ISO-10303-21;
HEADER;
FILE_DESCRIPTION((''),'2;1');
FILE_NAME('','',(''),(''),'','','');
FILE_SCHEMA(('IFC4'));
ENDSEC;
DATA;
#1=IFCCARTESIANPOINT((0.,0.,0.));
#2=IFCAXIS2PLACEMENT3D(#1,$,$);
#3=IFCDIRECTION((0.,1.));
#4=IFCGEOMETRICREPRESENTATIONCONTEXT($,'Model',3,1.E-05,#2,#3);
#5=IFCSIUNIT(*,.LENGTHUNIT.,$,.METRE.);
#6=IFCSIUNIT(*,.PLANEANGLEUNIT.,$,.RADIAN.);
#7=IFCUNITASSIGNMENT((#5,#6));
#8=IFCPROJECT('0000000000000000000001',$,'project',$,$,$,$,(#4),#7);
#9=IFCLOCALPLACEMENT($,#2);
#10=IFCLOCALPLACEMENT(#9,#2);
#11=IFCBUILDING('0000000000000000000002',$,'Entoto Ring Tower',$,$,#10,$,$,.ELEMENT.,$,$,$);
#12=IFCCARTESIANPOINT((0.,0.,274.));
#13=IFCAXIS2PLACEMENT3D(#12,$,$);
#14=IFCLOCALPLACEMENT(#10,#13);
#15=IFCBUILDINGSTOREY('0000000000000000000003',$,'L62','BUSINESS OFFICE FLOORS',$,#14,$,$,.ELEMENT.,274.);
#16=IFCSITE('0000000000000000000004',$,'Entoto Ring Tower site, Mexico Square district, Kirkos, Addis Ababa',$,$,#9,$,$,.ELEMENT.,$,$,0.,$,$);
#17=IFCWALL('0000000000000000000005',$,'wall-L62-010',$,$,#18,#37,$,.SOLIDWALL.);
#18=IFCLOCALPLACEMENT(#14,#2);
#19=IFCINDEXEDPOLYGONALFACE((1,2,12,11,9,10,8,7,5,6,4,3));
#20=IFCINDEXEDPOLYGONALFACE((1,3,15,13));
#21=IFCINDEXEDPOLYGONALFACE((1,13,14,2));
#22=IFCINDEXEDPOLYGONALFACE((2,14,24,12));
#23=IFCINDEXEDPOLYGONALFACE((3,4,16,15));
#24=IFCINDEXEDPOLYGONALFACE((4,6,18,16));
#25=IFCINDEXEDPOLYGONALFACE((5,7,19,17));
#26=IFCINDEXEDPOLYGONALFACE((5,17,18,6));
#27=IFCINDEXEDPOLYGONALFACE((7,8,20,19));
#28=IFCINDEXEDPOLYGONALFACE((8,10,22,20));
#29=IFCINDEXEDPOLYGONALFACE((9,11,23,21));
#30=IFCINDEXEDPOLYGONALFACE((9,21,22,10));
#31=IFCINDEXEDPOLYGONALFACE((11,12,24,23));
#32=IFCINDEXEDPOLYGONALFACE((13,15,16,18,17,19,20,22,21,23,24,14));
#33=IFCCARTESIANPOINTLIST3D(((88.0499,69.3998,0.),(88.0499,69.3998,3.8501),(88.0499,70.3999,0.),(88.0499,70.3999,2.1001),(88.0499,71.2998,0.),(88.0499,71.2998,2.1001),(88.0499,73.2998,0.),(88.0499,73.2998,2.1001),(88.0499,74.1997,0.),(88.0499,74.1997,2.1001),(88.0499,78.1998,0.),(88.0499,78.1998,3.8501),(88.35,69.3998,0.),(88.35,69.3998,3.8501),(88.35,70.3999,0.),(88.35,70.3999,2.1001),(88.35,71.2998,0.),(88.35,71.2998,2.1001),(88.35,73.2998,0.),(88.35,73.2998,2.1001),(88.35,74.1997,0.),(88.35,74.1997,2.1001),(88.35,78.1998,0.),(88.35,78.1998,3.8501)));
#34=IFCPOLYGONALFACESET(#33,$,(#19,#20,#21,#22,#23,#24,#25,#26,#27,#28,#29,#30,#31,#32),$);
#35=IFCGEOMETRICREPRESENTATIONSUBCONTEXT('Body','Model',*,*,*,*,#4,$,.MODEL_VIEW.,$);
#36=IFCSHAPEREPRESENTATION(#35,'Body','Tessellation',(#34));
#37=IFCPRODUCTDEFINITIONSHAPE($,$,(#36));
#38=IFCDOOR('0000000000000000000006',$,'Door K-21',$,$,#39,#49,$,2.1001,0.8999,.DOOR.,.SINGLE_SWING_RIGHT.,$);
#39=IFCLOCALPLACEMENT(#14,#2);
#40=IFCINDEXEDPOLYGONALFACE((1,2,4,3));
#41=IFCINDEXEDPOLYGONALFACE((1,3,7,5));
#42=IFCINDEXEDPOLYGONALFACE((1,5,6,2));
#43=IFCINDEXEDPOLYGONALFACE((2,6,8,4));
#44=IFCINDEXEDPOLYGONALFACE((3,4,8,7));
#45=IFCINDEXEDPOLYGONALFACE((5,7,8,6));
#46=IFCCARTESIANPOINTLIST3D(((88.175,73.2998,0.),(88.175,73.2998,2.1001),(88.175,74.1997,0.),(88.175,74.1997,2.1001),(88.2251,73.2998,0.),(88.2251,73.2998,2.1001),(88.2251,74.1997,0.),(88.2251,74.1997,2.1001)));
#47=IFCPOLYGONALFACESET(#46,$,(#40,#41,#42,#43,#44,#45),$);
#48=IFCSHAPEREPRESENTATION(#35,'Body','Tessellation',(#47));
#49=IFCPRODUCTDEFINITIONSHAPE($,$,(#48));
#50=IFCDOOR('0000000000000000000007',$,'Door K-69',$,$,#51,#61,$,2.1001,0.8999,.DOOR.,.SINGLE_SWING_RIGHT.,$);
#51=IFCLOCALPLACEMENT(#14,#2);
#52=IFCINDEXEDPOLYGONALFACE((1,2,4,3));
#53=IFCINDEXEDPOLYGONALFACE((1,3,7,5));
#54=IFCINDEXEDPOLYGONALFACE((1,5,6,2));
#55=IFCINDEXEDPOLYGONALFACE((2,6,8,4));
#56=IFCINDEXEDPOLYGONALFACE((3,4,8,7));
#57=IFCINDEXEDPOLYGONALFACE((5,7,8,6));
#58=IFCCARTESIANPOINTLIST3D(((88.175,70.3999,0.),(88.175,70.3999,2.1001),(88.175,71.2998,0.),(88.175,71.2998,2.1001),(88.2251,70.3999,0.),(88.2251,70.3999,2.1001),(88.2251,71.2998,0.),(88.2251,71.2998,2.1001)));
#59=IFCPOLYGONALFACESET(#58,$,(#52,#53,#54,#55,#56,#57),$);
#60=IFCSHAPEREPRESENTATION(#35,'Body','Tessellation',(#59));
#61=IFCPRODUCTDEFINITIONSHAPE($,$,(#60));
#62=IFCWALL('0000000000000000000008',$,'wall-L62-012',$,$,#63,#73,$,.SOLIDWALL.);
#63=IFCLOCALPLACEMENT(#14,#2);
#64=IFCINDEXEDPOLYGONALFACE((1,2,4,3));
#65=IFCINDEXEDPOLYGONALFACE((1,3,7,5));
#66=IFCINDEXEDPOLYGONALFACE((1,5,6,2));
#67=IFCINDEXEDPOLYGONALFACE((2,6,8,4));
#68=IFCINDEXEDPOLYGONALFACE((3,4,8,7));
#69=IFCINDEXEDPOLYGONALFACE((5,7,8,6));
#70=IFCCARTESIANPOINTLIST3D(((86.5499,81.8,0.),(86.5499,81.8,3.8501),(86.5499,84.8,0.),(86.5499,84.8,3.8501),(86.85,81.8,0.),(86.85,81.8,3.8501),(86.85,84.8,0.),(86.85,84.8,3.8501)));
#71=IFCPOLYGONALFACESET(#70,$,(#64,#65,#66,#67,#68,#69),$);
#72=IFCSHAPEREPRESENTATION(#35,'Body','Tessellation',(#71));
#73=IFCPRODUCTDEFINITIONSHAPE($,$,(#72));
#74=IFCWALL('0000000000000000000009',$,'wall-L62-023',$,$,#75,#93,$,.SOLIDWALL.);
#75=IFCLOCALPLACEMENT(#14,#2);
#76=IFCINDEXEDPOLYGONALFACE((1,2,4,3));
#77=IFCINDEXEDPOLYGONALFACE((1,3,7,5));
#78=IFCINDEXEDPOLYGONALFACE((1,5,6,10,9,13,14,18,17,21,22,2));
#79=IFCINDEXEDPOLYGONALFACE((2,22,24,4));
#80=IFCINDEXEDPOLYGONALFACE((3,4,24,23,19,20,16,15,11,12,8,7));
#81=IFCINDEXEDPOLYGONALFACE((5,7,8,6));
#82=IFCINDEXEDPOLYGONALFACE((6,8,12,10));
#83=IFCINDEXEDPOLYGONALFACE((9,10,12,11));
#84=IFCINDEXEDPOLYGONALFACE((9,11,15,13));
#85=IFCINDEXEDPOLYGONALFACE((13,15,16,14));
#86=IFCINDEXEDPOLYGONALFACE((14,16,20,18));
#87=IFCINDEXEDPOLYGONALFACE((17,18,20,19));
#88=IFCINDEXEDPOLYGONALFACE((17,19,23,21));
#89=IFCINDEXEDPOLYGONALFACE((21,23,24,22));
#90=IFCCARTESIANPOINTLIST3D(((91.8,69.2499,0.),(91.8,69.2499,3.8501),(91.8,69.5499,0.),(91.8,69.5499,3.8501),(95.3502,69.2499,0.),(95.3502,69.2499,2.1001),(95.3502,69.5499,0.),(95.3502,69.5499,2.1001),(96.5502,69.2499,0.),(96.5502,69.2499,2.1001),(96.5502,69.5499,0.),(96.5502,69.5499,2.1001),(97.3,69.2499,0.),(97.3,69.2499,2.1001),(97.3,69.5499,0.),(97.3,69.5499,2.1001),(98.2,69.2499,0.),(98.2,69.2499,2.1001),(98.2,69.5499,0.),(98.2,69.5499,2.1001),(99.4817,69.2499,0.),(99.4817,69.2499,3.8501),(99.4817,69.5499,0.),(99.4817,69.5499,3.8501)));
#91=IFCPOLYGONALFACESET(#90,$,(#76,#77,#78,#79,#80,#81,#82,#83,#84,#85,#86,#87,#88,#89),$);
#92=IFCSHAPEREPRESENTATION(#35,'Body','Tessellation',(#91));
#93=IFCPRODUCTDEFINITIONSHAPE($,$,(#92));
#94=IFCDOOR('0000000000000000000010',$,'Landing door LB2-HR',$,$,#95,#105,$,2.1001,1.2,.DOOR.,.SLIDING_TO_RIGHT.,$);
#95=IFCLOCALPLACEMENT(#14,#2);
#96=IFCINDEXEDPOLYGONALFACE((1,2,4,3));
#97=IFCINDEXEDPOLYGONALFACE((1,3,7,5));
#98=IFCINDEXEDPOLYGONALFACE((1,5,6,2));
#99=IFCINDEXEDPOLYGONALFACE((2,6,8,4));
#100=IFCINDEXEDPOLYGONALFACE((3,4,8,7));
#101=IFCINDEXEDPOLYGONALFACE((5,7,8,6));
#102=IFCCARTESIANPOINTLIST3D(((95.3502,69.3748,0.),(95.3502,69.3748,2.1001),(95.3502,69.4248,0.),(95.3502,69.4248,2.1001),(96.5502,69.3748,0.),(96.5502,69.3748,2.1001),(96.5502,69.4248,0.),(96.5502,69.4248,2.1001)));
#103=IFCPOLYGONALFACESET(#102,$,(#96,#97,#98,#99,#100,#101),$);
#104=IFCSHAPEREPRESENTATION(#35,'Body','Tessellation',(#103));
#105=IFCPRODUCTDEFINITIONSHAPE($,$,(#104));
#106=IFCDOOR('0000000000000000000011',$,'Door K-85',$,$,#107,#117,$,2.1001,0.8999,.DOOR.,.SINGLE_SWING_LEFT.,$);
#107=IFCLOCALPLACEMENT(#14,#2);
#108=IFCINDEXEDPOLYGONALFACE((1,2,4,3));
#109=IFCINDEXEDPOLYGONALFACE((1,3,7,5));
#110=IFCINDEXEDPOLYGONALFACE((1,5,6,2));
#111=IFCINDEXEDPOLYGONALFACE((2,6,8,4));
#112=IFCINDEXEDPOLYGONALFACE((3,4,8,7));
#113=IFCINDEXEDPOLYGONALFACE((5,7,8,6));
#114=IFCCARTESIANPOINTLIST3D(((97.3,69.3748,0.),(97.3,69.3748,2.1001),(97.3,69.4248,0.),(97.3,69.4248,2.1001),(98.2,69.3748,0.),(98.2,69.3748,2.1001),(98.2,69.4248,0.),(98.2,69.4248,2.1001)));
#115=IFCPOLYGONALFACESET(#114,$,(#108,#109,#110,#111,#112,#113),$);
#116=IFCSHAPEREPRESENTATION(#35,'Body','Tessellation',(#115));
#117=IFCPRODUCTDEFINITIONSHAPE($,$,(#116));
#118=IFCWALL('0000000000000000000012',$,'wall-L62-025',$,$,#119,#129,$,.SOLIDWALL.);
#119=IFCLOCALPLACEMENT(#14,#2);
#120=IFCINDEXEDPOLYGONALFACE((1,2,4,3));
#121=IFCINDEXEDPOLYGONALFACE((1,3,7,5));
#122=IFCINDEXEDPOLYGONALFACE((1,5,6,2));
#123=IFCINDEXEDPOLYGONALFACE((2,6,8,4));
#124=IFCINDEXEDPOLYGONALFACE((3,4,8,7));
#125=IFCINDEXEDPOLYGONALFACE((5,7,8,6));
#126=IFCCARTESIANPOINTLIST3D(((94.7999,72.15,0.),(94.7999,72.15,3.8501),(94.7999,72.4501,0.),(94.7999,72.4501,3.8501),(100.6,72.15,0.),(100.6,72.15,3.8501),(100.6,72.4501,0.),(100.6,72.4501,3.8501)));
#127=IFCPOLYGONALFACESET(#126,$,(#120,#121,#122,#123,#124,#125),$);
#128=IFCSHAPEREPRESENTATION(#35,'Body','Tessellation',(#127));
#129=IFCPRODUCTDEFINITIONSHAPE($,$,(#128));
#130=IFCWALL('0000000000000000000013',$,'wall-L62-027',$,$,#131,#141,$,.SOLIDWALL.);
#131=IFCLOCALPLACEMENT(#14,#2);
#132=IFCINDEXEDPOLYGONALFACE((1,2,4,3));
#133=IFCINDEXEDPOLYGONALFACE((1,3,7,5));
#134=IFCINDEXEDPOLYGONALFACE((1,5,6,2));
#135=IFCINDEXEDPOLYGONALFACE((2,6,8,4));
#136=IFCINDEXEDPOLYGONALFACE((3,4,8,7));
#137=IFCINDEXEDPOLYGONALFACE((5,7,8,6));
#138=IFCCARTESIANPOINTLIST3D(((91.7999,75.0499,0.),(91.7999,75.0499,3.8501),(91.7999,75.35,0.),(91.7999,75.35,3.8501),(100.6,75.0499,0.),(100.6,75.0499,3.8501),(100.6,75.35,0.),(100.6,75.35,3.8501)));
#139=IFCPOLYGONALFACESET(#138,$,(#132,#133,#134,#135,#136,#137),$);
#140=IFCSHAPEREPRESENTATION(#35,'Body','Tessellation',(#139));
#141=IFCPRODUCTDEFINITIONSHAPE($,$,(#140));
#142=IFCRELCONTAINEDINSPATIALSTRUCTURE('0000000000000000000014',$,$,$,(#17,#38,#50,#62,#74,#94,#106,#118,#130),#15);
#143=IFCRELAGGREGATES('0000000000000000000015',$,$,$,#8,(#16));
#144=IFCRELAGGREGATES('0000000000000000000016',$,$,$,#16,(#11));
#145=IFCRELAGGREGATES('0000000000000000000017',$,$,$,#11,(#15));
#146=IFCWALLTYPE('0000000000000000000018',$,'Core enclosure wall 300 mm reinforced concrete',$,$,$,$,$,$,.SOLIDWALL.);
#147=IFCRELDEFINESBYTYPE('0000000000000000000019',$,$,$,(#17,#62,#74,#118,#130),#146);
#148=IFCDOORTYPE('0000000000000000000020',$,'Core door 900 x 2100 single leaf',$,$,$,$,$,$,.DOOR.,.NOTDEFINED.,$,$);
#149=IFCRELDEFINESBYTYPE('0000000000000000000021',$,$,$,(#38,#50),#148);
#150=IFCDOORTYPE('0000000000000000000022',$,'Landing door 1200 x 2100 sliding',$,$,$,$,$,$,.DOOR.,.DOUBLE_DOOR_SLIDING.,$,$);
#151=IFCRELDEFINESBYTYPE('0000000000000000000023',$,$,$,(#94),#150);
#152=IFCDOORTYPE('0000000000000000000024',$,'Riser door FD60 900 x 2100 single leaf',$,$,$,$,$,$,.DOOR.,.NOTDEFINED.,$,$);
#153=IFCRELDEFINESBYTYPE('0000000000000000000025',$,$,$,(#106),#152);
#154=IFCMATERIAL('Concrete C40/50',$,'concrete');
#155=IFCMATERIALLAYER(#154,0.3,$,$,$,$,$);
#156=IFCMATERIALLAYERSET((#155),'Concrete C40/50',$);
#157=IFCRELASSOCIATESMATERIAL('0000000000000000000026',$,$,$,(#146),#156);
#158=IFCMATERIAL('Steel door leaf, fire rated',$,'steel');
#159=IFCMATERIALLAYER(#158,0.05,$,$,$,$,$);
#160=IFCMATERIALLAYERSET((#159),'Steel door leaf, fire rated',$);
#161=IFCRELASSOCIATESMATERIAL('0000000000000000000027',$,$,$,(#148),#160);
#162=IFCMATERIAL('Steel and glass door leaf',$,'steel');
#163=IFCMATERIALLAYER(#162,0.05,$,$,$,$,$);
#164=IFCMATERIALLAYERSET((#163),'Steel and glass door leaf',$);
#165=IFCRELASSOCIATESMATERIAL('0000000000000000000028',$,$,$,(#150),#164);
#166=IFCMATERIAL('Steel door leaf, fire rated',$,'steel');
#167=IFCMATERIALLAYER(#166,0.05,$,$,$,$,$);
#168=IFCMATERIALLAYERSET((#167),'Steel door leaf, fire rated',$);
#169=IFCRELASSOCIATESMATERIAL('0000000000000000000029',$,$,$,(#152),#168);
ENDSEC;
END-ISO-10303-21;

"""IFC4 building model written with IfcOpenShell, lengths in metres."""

from ifc_helpers import new_model, si_unit, direction, frame, frame_2d, origin, place, context, subcontext, project, spatial, rectangle, extrude, material, layer, layer_set, type_object, element, fill, save


model = new_model("IFC4")

# Units and contexts
model_context = context("Model", 3, precision=1e-05, world=origin(), true_north=direction((0.0, 1.0)))
body_context = subcontext(model_context, "Body", "Model", "MODEL_VIEW")
ifc_project = project(units=[si_unit("LENGTHUNIT", "METRE"), si_unit("PLANEANGLEUNIT", "RADIAN")], contexts=[model_context])

# Site, building, storey
site_placement = place(None, origin())
site = spatial("IfcSite", under=ifc_project, at=site_placement, Name="Entoto Ring Tower site, Mexico Square district, Kirkos, Addis Ababa", CompositionType="ELEMENT", RefElevation=0.0)
building_placement = place(site_placement, origin())
building = spatial("IfcBuilding", under=site, at=building_placement, Name="Entoto Ring Tower", CompositionType="ELEMENT")
storey_placement = place(building_placement, frame((0.0, 0.0, 274.0)))
storey = spatial("IfcBuildingStorey", under=building, at=storey_placement, Name="L62", Description="BUSINESS OFFICE FLOORS", CompositionType="ELEMENT", Elevation=274.0)

# Shared definitions
ifc_material_1 = material(Name="Concrete C40/50", Category="concrete")
ifc_layer_1 = layer(ifc_material_1, 0.3)
ifc_layer_set_1 = layer_set([ifc_layer_1], Name="Concrete C40/50")
wall_type = type_object("IfcWallType", Name="Core enclosure wall 300 mm reinforced concrete", PredefinedType="SOLIDWALL", material=ifc_layer_set_1)

# Wall, openings, doors
wall_1_placement = place(storey_placement, frame((88.2, 69.3999, 0.0), z_axis=(0.0, 0.0, 1.0), x_axis=(0.0, 1.0, 0.0)))
wall_1 = element("IfcWall", 1, at=wall_1_placement, inside=storey, type_object=wall_type, Name="wall-L62-010", PredefinedType="SOLIDWALL", context=body_context, shape_type="SweptSolid", body=[
    extrude(rectangle(XDim=8.8, YDim=0.3, at=frame_2d((4.3999, 0.0))), origin(), (0.0, 0.0, 1.0), 3.8501),
])
opening_1_placement = place(wall_1_placement, frame((3.8999, 0.0, 0.0)))
opening_1 = element("IfcOpeningElement", 2, at=opening_1_placement, cuts=wall_1, PredefinedType="OPENING", context=body_context, shape_type="SweptSolid", body=[
    extrude(rectangle(XDim=0.8999, YDim=2.1001, at=frame_2d((0.45, 1.05))), frame((0.0, 0.1602, 0.0), z_axis=(0.0, -1.0, 0.0), x_axis=(1.0, 0.0, 0.0)), (0.0, 0.0, 1.0), 0.3201),
])
opening_2_placement = place(wall_1_placement, frame((1.0, 0.0, 0.0)))
opening_2 = element("IfcOpeningElement", 3, at=opening_2_placement, cuts=wall_1, PredefinedType="OPENING", context=body_context, shape_type="SweptSolid", body=[
    extrude(rectangle(XDim=0.8999, YDim=2.1001, at=frame_2d((0.45, 1.05))), frame((0.0, 0.1602, 0.0), z_axis=(0.0, -1.0, 0.0), x_axis=(1.0, 0.0, 0.0)), (0.0, 0.0, 1.0), 0.3201),
])
ifc_material_2 = material(Name="Steel door leaf, fire rated", Category="steel")
ifc_layer_2 = layer(ifc_material_2, 0.05)
ifc_layer_set_2 = layer_set([ifc_layer_2], Name="Steel door leaf, fire rated")
door_type_1 = type_object("IfcDoorType", Name="Core door 900 x 2100 single leaf", OperationType="NOTDEFINED", PredefinedType="DOOR", material=ifc_layer_set_2)
door_1_placement = place(opening_1_placement, origin())
door_1 = element("IfcDoor", 4, at=door_1_placement, inside=storey, type_object=door_type_1, Name="Door K-21", OperationType="SINGLE_SWING_RIGHT", OverallHeight=2.1001, OverallWidth=0.8999, PredefinedType="DOOR", context=body_context, shape_type="SweptSolid", body=[
    extrude(rectangle(XDim=0.8999, YDim=2.1001, at=frame_2d((0.45, 1.05))), frame((0.0, 0.0249, 0.0), z_axis=(0.0, -1.0, 0.0), x_axis=(1.0, 0.0, 0.0)), (0.0, 0.0, 1.0), 0.05),
])
fill(opening_1, door_1)
door_2_placement = place(opening_2_placement, origin())
door_2 = element("IfcDoor", 5, at=door_2_placement, inside=storey, type_object=door_type_1, Name="Door K-69", OperationType="SINGLE_SWING_RIGHT", OverallHeight=2.1001, OverallWidth=0.8999, PredefinedType="DOOR", context=body_context, shape_type="SweptSolid", body=[
    extrude(rectangle(XDim=0.8999, YDim=2.1001, at=frame_2d((0.45, 1.05))), frame((0.0, 0.0249, 0.0), z_axis=(0.0, -1.0, 0.0), x_axis=(1.0, 0.0, 0.0)), (0.0, 0.0, 1.0), 0.05),
])
fill(opening_2, door_2)

# Wall
wall_2_placement = place(storey_placement, frame((86.7, 81.8, 0.0), z_axis=(0.0, 0.0, 1.0), x_axis=(0.0, 1.0, 0.0)))
element("IfcWall", 6, at=wall_2_placement, inside=storey, type_object=wall_type, Name="wall-L62-012", PredefinedType="SOLIDWALL", context=body_context, shape_type="SweptSolid", body=[
    extrude(rectangle(XDim=3.0, YDim=0.3, at=frame_2d((1.5, 0.0))), origin(), (0.0, 0.0, 1.0), 3.8501),
])

# Wall, openings, doors
wall_3_placement = place(storey_placement, frame((91.8, 69.3999, 0.0), z_axis=(0.0, 0.0, 1.0), x_axis=(1.0, 0.0, 0.0)))
wall_3 = element("IfcWall", 7, at=wall_3_placement, inside=storey, type_object=wall_type, Name="wall-L62-023", PredefinedType="SOLIDWALL", context=body_context, shape_type="SweptSolid", body=[
    extrude(rectangle(XDim=7.6816, YDim=0.3, at=frame_2d((3.8408, 0.0))), origin(), (0.0, 0.0, 1.0), 3.8501),
])
opening_3_placement = place(wall_3_placement, frame((3.55, 0.0, 0.0)))
opening_3 = element("IfcOpeningElement", 8, at=opening_3_placement, cuts=wall_3, PredefinedType="OPENING", context=body_context, shape_type="SweptSolid", body=[
    extrude(rectangle(XDim=1.2, YDim=2.1001, at=frame_2d((0.6001, 1.05))), frame((0.0, 0.1602, 0.0), z_axis=(0.0, -1.0, 0.0), x_axis=(1.0, 0.0, 0.0)), (0.0, 0.0, 1.0), 0.3201),
])
opening_4_placement = place(wall_3_placement, frame((5.5, 0.0, 0.0)))
opening_4 = element("IfcOpeningElement", 9, at=opening_4_placement, cuts=wall_3, PredefinedType="OPENING", context=body_context, shape_type="SweptSolid", body=[
    extrude(rectangle(XDim=0.8999, YDim=2.1001, at=frame_2d((0.45, 1.05))), frame((0.0, 0.1602, 0.0), z_axis=(0.0, -1.0, 0.0), x_axis=(1.0, 0.0, 0.0)), (0.0, 0.0, 1.0), 0.3201),
])
ifc_material_3 = material(Name="Steel and glass door leaf", Category="steel")
ifc_layer_3 = layer(ifc_material_3, 0.05)
ifc_layer_set_3 = layer_set([ifc_layer_3], Name="Steel and glass door leaf")
door_type_2 = type_object("IfcDoorType", Name="Landing door 1200 x 2100 sliding", OperationType="DOUBLE_DOOR_SLIDING", PredefinedType="DOOR", material=ifc_layer_set_3)
door_3_placement = place(opening_3_placement, origin())
door_3 = element("IfcDoor", 10, at=door_3_placement, inside=storey, type_object=door_type_2, Name="Landing door LB2-HR", OperationType="SLIDING_TO_RIGHT", OverallHeight=2.1001, OverallWidth=1.2, PredefinedType="DOOR", context=body_context, shape_type="SweptSolid", body=[
    extrude(rectangle(XDim=1.2, YDim=2.1001, at=frame_2d((0.6001, 1.05))), frame((0.0, 0.0249, 0.0), z_axis=(0.0, -1.0, 0.0), x_axis=(1.0, 0.0, 0.0)), (0.0, 0.0, 1.0), 0.05),
])
fill(opening_3, door_3)
ifc_material_4 = material(Name="Steel door leaf, fire rated", Category="steel")
ifc_layer_4 = layer(ifc_material_4, 0.05)
ifc_layer_set_4 = layer_set([ifc_layer_4], Name="Steel door leaf, fire rated")
door_type_3 = type_object("IfcDoorType", Name="Riser door FD60 900 x 2100 single leaf", OperationType="NOTDEFINED", PredefinedType="DOOR", material=ifc_layer_set_4)
door_4_placement = place(opening_4_placement, origin())
door_4 = element("IfcDoor", 11, at=door_4_placement, inside=storey, type_object=door_type_3, Name="Door K-85", OperationType="SINGLE_SWING_LEFT", OverallHeight=2.1001, OverallWidth=0.8999, PredefinedType="DOOR", context=body_context, shape_type="SweptSolid", body=[
    extrude(rectangle(XDim=0.8999, YDim=2.1001, at=frame_2d((0.45, 1.05))), frame((0.0, 0.0249, 0.0), z_axis=(0.0, -1.0, 0.0), x_axis=(1.0, 0.0, 0.0)), (0.0, 0.0, 1.0), 0.05),
])
fill(opening_4, door_4)

# Walls
wall_4_placement = place(storey_placement, frame((94.8, 72.3, 0.0), z_axis=(0.0, 0.0, 1.0), x_axis=(1.0, 0.0, 0.0)))
element("IfcWall", 12, at=wall_4_placement, inside=storey, type_object=wall_type, Name="wall-L62-025", PredefinedType="SOLIDWALL", context=body_context, shape_type="SweptSolid", body=[
    extrude(rectangle(XDim=5.8, YDim=0.3, at=frame_2d((2.8999, 0.0))), origin(), (0.0, 0.0, 1.0), 3.8501),
])
wall_5_placement = place(storey_placement, frame((91.8, 75.2, 0.0), z_axis=(0.0, 0.0, 1.0), x_axis=(1.0, 0.0, 0.0)))
element("IfcWall", 13, at=wall_5_placement, inside=storey, type_object=wall_type, Name="wall-L62-027", PredefinedType="SOLIDWALL", context=body_context, shape_type="SweptSolid", body=[
    extrude(rectangle(XDim=8.8, YDim=0.3, at=frame_2d((4.3999, 0.0))), origin(), (0.0, 0.0, 1.0), 3.8501),
])

save(model, "model.ifc")
